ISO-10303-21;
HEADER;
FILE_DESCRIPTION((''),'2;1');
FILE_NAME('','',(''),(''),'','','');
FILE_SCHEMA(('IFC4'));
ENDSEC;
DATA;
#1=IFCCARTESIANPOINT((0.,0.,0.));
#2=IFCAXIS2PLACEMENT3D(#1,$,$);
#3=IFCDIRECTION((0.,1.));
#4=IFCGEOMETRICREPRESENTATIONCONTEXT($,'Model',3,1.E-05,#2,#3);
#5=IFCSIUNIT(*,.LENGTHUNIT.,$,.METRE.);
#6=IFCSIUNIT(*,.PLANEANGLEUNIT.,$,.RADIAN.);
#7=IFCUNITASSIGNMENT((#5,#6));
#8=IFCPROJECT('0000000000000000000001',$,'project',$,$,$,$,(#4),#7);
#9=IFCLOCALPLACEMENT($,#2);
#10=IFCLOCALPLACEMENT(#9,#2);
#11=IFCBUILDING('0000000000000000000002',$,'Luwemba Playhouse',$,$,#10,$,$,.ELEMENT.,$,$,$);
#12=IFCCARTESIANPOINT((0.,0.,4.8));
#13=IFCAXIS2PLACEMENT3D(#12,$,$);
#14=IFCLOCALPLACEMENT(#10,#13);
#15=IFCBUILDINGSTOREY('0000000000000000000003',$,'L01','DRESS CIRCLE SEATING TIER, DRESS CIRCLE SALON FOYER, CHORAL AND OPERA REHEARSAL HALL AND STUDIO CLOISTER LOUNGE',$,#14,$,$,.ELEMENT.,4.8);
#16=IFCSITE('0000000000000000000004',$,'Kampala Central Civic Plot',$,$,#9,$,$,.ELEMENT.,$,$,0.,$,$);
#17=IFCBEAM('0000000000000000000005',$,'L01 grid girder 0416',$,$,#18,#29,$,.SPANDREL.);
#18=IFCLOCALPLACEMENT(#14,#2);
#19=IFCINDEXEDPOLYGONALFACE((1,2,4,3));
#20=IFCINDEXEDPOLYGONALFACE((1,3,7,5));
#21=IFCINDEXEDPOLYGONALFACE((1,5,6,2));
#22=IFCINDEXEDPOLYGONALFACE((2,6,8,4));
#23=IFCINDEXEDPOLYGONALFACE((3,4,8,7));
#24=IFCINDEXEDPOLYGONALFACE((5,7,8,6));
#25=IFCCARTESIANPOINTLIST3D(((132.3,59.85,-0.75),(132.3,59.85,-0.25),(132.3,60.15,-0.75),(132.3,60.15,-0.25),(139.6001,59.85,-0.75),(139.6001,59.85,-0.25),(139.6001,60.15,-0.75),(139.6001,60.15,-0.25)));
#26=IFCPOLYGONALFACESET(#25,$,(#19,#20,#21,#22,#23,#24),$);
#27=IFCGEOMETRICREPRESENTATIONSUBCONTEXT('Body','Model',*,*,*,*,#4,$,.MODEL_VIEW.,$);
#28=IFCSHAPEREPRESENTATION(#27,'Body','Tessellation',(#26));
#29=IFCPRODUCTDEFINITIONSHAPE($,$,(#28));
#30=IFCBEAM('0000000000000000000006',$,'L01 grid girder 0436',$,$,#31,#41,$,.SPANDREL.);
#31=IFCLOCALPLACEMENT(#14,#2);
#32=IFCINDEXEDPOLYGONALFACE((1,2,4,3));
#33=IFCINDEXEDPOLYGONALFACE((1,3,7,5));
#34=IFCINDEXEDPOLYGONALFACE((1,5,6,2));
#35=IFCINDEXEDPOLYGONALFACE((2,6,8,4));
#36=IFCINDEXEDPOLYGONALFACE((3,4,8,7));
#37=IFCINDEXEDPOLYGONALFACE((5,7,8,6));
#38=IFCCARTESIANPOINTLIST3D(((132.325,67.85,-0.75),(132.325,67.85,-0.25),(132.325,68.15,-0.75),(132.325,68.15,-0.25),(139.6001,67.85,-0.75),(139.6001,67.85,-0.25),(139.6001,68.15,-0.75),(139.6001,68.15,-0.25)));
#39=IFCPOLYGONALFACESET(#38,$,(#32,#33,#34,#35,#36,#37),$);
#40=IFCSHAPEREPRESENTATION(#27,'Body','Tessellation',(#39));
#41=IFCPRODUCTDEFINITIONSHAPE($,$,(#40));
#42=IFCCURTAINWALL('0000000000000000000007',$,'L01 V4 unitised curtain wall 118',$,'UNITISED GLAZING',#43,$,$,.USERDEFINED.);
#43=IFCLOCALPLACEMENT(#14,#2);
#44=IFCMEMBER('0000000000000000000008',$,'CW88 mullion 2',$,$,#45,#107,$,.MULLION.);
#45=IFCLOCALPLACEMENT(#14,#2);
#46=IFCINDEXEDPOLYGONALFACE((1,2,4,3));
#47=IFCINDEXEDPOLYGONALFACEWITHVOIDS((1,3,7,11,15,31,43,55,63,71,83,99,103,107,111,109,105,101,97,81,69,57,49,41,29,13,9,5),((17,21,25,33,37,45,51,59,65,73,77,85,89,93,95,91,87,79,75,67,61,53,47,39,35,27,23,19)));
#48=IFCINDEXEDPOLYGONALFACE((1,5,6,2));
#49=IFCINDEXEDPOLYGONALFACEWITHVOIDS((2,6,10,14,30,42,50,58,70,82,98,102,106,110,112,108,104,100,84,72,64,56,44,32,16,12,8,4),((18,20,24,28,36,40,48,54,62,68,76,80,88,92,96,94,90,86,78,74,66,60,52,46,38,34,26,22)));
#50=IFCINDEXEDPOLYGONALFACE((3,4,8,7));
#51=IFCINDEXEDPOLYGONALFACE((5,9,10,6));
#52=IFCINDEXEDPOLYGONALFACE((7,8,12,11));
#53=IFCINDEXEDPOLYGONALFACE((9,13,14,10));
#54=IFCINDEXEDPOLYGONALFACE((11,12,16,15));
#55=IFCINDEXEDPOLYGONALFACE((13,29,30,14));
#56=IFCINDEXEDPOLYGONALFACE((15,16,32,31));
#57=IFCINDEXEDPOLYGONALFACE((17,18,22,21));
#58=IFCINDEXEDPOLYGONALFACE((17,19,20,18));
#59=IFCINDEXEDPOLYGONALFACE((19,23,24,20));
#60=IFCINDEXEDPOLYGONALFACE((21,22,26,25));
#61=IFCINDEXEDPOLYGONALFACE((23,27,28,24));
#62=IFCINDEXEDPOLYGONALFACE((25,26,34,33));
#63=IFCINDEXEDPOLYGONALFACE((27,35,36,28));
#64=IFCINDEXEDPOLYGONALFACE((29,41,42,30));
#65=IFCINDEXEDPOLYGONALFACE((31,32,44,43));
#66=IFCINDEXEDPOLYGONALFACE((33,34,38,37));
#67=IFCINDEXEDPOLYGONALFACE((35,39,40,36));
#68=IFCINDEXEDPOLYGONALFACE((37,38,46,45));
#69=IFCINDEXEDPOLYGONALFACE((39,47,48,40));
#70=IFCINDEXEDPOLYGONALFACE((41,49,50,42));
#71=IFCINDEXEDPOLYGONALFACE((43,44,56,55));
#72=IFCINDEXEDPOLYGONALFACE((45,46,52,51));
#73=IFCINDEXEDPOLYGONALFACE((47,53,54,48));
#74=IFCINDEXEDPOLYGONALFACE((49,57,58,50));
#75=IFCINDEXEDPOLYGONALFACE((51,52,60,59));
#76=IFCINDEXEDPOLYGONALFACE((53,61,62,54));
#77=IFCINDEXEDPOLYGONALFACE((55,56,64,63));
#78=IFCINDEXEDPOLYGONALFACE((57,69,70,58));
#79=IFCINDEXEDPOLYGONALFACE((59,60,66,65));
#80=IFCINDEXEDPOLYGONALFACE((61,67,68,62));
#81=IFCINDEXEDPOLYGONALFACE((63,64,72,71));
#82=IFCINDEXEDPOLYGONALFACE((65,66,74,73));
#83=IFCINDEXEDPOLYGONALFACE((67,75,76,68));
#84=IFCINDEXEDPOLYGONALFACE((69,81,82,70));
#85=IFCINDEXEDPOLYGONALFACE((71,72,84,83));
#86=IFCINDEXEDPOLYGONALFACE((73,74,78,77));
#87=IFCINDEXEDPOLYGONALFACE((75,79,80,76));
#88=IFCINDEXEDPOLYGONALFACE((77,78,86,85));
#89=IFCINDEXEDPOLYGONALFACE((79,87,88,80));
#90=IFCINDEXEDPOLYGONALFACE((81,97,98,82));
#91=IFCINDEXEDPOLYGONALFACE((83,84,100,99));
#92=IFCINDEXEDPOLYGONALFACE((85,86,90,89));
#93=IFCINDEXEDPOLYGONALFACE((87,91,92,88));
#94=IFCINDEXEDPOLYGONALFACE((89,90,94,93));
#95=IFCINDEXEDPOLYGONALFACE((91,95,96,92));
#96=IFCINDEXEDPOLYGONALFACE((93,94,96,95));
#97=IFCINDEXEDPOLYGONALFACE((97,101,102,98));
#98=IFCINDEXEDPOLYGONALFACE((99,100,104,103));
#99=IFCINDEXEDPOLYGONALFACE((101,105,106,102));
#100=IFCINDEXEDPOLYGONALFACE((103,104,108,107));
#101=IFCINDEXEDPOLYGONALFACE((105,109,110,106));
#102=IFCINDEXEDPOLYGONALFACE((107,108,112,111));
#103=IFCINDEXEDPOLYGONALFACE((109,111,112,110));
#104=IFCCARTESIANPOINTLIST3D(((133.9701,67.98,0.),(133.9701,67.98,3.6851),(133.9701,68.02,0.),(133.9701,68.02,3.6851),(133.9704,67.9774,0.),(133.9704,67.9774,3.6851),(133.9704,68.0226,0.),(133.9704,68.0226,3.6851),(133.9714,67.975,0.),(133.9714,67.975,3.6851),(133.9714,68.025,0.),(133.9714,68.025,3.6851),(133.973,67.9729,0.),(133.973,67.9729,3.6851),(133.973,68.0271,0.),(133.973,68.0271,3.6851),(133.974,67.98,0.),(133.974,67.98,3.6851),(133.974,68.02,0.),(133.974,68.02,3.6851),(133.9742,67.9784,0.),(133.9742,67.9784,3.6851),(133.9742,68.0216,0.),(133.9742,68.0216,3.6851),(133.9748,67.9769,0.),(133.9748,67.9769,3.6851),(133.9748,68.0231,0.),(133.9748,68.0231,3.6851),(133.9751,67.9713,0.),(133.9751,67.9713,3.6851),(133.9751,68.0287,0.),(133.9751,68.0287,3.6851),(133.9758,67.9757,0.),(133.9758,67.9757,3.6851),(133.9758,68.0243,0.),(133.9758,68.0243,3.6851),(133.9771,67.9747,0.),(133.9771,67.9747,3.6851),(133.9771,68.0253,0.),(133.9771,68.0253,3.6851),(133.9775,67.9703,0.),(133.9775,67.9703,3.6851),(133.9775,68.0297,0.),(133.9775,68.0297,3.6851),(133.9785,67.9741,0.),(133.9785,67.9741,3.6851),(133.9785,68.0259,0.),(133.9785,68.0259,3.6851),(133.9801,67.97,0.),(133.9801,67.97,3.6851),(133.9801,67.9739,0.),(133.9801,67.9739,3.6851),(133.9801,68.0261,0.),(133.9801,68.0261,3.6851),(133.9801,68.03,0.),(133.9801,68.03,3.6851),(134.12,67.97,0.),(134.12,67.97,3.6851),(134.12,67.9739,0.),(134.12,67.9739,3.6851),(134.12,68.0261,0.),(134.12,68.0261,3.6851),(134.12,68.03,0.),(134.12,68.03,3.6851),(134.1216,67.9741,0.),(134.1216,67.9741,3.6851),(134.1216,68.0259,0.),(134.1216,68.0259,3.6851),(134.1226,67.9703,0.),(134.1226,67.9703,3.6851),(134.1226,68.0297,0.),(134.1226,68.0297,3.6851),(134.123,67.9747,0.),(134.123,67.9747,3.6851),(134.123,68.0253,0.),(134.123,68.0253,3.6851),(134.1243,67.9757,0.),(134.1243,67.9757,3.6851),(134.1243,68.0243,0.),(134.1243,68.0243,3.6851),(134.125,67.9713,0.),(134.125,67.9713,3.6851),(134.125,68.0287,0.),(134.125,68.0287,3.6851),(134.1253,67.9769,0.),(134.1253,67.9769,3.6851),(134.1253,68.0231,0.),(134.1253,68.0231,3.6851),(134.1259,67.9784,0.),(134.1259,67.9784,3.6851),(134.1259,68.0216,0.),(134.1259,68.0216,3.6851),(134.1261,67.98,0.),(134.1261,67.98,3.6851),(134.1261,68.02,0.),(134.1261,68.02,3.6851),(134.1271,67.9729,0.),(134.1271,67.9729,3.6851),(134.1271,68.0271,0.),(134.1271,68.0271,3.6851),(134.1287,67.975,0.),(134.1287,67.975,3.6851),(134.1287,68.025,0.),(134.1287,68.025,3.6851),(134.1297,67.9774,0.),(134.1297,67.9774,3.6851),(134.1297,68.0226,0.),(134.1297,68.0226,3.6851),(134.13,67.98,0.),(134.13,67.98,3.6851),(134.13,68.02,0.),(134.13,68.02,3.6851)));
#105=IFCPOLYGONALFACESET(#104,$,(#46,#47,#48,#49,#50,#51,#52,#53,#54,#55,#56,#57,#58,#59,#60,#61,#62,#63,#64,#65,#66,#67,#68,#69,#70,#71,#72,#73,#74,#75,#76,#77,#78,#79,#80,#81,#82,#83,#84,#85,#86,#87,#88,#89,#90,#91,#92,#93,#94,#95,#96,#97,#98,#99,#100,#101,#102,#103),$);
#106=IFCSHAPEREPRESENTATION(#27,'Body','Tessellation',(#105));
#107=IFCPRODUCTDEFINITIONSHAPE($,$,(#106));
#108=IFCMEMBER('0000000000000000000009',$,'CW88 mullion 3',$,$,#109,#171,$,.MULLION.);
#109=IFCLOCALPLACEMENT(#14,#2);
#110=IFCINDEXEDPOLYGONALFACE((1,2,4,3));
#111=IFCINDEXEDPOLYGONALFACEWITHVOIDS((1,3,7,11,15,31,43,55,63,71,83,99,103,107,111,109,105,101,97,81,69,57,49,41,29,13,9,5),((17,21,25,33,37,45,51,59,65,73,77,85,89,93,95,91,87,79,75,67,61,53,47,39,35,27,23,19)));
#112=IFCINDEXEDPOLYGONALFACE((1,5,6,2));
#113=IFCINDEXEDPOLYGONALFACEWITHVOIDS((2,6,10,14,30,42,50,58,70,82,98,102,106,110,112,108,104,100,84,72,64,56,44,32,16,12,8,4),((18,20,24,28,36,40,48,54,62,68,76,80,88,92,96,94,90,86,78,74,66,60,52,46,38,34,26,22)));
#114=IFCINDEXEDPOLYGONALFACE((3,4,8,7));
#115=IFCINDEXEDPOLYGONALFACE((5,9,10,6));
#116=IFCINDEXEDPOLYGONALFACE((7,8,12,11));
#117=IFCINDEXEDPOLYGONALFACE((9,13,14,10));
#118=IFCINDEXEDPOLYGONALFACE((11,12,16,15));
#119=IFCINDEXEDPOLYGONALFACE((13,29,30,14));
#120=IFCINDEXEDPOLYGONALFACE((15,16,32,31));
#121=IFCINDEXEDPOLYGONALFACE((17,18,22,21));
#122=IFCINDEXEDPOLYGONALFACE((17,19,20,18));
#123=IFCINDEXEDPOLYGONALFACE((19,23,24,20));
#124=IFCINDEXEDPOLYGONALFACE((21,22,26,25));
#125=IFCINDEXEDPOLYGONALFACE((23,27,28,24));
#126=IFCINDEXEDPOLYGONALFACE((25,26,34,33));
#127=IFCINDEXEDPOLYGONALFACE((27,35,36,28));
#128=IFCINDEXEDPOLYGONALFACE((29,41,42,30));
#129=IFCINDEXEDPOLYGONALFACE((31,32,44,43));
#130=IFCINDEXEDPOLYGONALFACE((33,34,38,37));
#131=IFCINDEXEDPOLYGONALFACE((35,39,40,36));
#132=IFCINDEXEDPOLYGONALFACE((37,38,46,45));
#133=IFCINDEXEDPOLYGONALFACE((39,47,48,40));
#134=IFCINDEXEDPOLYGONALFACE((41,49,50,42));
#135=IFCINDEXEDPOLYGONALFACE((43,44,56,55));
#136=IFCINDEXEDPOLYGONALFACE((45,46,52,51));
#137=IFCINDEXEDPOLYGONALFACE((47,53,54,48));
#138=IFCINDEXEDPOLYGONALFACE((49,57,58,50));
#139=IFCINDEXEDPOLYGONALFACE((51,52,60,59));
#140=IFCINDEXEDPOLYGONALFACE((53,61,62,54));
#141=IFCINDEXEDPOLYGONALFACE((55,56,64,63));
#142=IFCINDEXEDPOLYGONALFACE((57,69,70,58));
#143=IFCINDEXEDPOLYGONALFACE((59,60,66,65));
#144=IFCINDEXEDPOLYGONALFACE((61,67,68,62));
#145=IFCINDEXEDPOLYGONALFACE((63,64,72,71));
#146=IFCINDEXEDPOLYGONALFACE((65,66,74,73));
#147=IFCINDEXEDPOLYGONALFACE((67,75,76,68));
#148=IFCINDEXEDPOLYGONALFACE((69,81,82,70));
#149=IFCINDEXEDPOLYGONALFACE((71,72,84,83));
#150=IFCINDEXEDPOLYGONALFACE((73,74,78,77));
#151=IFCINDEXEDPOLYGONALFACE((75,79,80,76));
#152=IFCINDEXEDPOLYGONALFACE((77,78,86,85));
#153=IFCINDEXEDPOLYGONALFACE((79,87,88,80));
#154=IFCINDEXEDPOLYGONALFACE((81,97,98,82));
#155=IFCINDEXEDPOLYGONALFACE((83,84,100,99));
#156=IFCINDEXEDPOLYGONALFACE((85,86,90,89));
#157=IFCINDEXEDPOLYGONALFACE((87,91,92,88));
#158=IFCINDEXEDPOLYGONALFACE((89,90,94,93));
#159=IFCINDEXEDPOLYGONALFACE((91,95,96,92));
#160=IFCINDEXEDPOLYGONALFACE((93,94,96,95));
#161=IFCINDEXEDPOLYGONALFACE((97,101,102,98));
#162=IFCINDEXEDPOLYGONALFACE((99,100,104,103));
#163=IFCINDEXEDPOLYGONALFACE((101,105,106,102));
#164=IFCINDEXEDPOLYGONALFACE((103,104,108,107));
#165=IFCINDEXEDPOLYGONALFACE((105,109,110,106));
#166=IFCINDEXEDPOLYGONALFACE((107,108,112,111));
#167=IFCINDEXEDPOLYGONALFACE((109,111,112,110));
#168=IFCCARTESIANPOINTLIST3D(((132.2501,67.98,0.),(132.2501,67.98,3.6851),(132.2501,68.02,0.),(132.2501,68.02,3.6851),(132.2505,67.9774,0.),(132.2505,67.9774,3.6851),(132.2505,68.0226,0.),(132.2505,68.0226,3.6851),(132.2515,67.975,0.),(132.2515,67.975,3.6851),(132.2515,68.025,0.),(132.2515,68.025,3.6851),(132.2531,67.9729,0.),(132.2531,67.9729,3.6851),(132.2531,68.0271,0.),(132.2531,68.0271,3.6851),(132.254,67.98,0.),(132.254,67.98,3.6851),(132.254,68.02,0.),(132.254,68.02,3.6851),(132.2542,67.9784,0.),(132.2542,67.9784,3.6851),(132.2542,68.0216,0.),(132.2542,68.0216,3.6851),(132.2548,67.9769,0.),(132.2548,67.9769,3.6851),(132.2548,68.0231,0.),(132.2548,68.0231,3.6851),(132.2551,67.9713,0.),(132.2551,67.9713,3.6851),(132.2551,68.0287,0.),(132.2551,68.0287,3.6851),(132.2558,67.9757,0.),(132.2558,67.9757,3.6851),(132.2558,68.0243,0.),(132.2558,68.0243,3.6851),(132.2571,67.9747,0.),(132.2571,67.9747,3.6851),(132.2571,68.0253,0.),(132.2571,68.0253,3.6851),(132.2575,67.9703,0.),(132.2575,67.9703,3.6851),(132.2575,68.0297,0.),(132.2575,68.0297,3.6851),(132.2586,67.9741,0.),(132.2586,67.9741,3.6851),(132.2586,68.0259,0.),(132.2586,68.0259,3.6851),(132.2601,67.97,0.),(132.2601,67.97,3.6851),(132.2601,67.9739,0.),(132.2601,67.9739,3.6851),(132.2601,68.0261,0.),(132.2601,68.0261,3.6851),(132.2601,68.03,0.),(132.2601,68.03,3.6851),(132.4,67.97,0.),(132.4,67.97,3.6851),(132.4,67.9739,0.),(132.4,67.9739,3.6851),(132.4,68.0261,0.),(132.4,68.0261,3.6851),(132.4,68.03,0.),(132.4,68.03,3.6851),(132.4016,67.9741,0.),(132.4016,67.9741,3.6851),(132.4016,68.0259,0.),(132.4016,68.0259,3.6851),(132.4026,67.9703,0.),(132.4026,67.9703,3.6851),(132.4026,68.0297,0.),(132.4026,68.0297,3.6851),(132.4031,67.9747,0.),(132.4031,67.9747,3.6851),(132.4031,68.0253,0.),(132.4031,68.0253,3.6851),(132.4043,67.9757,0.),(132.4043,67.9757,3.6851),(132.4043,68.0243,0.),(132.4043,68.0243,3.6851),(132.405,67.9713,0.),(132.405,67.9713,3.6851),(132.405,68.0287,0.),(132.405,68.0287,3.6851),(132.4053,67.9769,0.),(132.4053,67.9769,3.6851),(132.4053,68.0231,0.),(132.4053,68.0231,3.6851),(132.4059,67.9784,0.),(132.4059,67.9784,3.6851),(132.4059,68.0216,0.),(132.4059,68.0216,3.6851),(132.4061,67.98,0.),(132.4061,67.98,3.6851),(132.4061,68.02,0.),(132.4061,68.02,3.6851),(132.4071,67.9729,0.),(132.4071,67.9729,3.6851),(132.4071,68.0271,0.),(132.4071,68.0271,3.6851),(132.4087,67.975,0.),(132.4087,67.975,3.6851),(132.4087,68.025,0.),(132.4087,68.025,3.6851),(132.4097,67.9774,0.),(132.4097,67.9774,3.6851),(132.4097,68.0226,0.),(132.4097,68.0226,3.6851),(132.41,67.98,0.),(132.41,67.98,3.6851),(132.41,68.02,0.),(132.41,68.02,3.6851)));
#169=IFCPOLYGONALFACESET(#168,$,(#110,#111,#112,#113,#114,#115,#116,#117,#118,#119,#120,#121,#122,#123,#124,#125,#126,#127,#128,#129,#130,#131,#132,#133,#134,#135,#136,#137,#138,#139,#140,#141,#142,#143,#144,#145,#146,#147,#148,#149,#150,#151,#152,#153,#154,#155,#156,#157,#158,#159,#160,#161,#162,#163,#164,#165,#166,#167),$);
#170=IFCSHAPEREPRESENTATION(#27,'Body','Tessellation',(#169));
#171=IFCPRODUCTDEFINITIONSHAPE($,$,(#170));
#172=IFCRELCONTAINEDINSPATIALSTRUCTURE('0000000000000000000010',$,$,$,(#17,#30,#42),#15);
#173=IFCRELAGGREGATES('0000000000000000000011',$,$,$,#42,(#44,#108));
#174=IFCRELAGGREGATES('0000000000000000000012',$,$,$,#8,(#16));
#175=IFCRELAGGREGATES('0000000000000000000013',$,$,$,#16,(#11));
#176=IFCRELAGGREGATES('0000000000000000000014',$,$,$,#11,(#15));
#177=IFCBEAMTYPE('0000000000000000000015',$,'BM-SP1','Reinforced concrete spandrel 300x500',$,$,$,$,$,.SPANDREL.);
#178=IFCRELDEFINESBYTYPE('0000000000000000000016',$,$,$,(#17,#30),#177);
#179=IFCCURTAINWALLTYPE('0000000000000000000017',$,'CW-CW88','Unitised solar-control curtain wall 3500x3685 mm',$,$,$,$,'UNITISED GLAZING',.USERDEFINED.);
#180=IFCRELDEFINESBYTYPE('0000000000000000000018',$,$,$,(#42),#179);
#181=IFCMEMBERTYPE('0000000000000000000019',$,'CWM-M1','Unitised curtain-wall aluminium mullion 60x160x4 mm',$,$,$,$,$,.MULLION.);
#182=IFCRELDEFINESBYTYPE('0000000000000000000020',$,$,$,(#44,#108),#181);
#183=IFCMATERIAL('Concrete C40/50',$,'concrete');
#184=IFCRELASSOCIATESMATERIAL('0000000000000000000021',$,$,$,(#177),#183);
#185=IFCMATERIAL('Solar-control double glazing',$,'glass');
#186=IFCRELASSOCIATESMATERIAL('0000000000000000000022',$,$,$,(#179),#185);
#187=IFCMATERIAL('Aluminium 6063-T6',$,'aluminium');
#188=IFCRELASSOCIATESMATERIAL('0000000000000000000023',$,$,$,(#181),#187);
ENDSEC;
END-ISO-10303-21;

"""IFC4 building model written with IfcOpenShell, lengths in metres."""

from ifc_helpers import new_model, si_unit, direction, frame, origin, origin_2d, place, context, subcontext, project, spatial, rectangle, hollow_rectangle, extrude, material, material_profile, profile_set, type_object, element, aggregate, save


model = new_model("IFC4")

# Units and contexts
model_context = context("Model", 3, precision=1e-05, world=origin(), true_north=direction((0.0, 1.0)))
body_context = subcontext(model_context, "Body", "Model", "MODEL_VIEW")
ifc_project = project(units=[si_unit("LENGTHUNIT", "METRE"), si_unit("PLANEANGLEUNIT", "RADIAN")], contexts=[model_context])

# Site, building, storey
site_placement = place(None, origin())
site = spatial("IfcSite", under=ifc_project, at=site_placement, Name="Kampala Central Civic Plot", CompositionType="ELEMENT", RefElevation=0.0)
building_placement = place(site_placement, origin())
building = spatial("IfcBuilding", under=site, at=building_placement, Name="Luwemba Playhouse", CompositionType="ELEMENT")
storey_placement = place(building_placement, frame((0.0, 0.0, 4.8)))
storey = spatial("IfcBuildingStorey", under=building, at=storey_placement, Name="L01", Description="DRESS CIRCLE SEATING TIER, DRESS CIRCLE SALON FOYER, CHORAL AND OPERA REHEARSAL HALL AND STUDIO CLOISTER LOUNGE", CompositionType="ELEMENT", Elevation=4.8)

# Beams
ifc_material_1 = material(Name="Concrete C40/50", Category="concrete")
ifc_material_profile_1 = material_profile(ifc_material_1, rectangle(XDim=0.3, YDim=0.5, at=origin_2d()))
ifc_profile_set_1 = profile_set([ifc_material_profile_1], Name="Concrete C40/50")
beam_type = type_object("IfcBeamType", Name="BM-SP1", Description="Reinforced concrete spandrel 300x500", PredefinedType="SPANDREL", material=ifc_profile_set_1)
beam_1_placement = place(storey_placement, frame((132.3, 60.0, -0.5), z_axis=(1.0, 0.0, 0.0), x_axis=(0.0, 1.0, 0.0)))
element("IfcBeam", 1, at=beam_1_placement, inside=storey, type_object=beam_type, Name="L01 grid girder 0416", PredefinedType="SPANDREL", context=body_context, shape_type="SweptSolid", body=[
    extrude(rectangle(XDim=0.3, YDim=0.5, at=origin_2d()), origin(), (0.0, 0.0, 1.0), 7.3),
])
beam_2_placement = place(storey_placement, frame((132.325, 68.0, -0.5), z_axis=(1.0, 0.0, 0.0), x_axis=(0.0, 1.0, 0.0)))
element("IfcBeam", 2, at=beam_2_placement, inside=storey, type_object=beam_type, Name="L01 grid girder 0436", PredefinedType="SPANDREL", context=body_context, shape_type="SweptSolid", body=[
    extrude(rectangle(XDim=0.3, YDim=0.5, at=origin_2d()), origin(), (0.0, 0.0, 1.0), 7.2751),
])

# Curtain wall, members
ifc_material_2 = material(Name="Solar-control double glazing", Category="glass")
curtain_wall_type = type_object("IfcCurtainWallType", Name="CW-CW88", Description="Unitised solar-control curtain wall 3500x3685 mm", ElementType="UNITISED GLAZING", PredefinedType="USERDEFINED", material=ifc_material_2)
curtain_wall_placement = place(storey_placement, origin())
curtain_wall = element("IfcCurtainWall", 3, at=curtain_wall_placement, inside=storey, type_object=curtain_wall_type, Name="L01 V4 unitised curtain wall 118", ObjectType="UNITISED GLAZING", PredefinedType="USERDEFINED")
ifc_material_3 = material(Name="Aluminium 6063-T6", Category="aluminium")
ifc_material_profile_2 = material_profile(ifc_material_3, hollow_rectangle(XDim=0.0601, YDim=0.1599, WallThickness=0.0039, InnerFilletRadius=0.0061, OuterFilletRadius=0.01, at=origin_2d()))
ifc_profile_set_2 = profile_set([ifc_material_profile_2], Name="Aluminium 6063-T6")
member_type_1 = type_object("IfcMemberType", Name="CWM-M1", Description="Unitised curtain-wall aluminium mullion 60x160x4 mm", PredefinedType="MULLION", material=ifc_profile_set_2)
member_1_placement = place(storey_placement, frame((134.05, 68.0, 0.0), z_axis=(0.0, 0.0, 1.0), x_axis=(0.0, -1.0, 0.0)))
member_1 = element("IfcMember", 4, at=member_1_placement, type_object=member_type_1, Name="CW88 mullion 2", PredefinedType="MULLION", context=body_context, shape_type="SweptSolid", body=[
    extrude(hollow_rectangle(XDim=0.0601, YDim=0.1599, WallThickness=0.0039, InnerFilletRadius=0.0061, OuterFilletRadius=0.01, at=origin_2d()), origin(), (0.0, 0.0, 1.0), 3.6851),
])
member_2_placement = place(storey_placement, frame((132.3301, 68.0, 0.0), z_axis=(0.0, 0.0, 1.0), x_axis=(0.0, -1.0, 0.0)))
member_2 = element("IfcMember", 5, at=member_2_placement, type_object=member_type_1, Name="CW88 mullion 3", PredefinedType="MULLION", context=body_context, shape_type="SweptSolid", body=[
    extrude(hollow_rectangle(XDim=0.0601, YDim=0.1599, WallThickness=0.0039, InnerFilletRadius=0.0061, OuterFilletRadius=0.01, at=origin_2d()), origin(), (0.0, 0.0, 1.0), 3.6851),
])
aggregate(curtain_wall, [member_1, member_2])

save(model, "model.ifc")
